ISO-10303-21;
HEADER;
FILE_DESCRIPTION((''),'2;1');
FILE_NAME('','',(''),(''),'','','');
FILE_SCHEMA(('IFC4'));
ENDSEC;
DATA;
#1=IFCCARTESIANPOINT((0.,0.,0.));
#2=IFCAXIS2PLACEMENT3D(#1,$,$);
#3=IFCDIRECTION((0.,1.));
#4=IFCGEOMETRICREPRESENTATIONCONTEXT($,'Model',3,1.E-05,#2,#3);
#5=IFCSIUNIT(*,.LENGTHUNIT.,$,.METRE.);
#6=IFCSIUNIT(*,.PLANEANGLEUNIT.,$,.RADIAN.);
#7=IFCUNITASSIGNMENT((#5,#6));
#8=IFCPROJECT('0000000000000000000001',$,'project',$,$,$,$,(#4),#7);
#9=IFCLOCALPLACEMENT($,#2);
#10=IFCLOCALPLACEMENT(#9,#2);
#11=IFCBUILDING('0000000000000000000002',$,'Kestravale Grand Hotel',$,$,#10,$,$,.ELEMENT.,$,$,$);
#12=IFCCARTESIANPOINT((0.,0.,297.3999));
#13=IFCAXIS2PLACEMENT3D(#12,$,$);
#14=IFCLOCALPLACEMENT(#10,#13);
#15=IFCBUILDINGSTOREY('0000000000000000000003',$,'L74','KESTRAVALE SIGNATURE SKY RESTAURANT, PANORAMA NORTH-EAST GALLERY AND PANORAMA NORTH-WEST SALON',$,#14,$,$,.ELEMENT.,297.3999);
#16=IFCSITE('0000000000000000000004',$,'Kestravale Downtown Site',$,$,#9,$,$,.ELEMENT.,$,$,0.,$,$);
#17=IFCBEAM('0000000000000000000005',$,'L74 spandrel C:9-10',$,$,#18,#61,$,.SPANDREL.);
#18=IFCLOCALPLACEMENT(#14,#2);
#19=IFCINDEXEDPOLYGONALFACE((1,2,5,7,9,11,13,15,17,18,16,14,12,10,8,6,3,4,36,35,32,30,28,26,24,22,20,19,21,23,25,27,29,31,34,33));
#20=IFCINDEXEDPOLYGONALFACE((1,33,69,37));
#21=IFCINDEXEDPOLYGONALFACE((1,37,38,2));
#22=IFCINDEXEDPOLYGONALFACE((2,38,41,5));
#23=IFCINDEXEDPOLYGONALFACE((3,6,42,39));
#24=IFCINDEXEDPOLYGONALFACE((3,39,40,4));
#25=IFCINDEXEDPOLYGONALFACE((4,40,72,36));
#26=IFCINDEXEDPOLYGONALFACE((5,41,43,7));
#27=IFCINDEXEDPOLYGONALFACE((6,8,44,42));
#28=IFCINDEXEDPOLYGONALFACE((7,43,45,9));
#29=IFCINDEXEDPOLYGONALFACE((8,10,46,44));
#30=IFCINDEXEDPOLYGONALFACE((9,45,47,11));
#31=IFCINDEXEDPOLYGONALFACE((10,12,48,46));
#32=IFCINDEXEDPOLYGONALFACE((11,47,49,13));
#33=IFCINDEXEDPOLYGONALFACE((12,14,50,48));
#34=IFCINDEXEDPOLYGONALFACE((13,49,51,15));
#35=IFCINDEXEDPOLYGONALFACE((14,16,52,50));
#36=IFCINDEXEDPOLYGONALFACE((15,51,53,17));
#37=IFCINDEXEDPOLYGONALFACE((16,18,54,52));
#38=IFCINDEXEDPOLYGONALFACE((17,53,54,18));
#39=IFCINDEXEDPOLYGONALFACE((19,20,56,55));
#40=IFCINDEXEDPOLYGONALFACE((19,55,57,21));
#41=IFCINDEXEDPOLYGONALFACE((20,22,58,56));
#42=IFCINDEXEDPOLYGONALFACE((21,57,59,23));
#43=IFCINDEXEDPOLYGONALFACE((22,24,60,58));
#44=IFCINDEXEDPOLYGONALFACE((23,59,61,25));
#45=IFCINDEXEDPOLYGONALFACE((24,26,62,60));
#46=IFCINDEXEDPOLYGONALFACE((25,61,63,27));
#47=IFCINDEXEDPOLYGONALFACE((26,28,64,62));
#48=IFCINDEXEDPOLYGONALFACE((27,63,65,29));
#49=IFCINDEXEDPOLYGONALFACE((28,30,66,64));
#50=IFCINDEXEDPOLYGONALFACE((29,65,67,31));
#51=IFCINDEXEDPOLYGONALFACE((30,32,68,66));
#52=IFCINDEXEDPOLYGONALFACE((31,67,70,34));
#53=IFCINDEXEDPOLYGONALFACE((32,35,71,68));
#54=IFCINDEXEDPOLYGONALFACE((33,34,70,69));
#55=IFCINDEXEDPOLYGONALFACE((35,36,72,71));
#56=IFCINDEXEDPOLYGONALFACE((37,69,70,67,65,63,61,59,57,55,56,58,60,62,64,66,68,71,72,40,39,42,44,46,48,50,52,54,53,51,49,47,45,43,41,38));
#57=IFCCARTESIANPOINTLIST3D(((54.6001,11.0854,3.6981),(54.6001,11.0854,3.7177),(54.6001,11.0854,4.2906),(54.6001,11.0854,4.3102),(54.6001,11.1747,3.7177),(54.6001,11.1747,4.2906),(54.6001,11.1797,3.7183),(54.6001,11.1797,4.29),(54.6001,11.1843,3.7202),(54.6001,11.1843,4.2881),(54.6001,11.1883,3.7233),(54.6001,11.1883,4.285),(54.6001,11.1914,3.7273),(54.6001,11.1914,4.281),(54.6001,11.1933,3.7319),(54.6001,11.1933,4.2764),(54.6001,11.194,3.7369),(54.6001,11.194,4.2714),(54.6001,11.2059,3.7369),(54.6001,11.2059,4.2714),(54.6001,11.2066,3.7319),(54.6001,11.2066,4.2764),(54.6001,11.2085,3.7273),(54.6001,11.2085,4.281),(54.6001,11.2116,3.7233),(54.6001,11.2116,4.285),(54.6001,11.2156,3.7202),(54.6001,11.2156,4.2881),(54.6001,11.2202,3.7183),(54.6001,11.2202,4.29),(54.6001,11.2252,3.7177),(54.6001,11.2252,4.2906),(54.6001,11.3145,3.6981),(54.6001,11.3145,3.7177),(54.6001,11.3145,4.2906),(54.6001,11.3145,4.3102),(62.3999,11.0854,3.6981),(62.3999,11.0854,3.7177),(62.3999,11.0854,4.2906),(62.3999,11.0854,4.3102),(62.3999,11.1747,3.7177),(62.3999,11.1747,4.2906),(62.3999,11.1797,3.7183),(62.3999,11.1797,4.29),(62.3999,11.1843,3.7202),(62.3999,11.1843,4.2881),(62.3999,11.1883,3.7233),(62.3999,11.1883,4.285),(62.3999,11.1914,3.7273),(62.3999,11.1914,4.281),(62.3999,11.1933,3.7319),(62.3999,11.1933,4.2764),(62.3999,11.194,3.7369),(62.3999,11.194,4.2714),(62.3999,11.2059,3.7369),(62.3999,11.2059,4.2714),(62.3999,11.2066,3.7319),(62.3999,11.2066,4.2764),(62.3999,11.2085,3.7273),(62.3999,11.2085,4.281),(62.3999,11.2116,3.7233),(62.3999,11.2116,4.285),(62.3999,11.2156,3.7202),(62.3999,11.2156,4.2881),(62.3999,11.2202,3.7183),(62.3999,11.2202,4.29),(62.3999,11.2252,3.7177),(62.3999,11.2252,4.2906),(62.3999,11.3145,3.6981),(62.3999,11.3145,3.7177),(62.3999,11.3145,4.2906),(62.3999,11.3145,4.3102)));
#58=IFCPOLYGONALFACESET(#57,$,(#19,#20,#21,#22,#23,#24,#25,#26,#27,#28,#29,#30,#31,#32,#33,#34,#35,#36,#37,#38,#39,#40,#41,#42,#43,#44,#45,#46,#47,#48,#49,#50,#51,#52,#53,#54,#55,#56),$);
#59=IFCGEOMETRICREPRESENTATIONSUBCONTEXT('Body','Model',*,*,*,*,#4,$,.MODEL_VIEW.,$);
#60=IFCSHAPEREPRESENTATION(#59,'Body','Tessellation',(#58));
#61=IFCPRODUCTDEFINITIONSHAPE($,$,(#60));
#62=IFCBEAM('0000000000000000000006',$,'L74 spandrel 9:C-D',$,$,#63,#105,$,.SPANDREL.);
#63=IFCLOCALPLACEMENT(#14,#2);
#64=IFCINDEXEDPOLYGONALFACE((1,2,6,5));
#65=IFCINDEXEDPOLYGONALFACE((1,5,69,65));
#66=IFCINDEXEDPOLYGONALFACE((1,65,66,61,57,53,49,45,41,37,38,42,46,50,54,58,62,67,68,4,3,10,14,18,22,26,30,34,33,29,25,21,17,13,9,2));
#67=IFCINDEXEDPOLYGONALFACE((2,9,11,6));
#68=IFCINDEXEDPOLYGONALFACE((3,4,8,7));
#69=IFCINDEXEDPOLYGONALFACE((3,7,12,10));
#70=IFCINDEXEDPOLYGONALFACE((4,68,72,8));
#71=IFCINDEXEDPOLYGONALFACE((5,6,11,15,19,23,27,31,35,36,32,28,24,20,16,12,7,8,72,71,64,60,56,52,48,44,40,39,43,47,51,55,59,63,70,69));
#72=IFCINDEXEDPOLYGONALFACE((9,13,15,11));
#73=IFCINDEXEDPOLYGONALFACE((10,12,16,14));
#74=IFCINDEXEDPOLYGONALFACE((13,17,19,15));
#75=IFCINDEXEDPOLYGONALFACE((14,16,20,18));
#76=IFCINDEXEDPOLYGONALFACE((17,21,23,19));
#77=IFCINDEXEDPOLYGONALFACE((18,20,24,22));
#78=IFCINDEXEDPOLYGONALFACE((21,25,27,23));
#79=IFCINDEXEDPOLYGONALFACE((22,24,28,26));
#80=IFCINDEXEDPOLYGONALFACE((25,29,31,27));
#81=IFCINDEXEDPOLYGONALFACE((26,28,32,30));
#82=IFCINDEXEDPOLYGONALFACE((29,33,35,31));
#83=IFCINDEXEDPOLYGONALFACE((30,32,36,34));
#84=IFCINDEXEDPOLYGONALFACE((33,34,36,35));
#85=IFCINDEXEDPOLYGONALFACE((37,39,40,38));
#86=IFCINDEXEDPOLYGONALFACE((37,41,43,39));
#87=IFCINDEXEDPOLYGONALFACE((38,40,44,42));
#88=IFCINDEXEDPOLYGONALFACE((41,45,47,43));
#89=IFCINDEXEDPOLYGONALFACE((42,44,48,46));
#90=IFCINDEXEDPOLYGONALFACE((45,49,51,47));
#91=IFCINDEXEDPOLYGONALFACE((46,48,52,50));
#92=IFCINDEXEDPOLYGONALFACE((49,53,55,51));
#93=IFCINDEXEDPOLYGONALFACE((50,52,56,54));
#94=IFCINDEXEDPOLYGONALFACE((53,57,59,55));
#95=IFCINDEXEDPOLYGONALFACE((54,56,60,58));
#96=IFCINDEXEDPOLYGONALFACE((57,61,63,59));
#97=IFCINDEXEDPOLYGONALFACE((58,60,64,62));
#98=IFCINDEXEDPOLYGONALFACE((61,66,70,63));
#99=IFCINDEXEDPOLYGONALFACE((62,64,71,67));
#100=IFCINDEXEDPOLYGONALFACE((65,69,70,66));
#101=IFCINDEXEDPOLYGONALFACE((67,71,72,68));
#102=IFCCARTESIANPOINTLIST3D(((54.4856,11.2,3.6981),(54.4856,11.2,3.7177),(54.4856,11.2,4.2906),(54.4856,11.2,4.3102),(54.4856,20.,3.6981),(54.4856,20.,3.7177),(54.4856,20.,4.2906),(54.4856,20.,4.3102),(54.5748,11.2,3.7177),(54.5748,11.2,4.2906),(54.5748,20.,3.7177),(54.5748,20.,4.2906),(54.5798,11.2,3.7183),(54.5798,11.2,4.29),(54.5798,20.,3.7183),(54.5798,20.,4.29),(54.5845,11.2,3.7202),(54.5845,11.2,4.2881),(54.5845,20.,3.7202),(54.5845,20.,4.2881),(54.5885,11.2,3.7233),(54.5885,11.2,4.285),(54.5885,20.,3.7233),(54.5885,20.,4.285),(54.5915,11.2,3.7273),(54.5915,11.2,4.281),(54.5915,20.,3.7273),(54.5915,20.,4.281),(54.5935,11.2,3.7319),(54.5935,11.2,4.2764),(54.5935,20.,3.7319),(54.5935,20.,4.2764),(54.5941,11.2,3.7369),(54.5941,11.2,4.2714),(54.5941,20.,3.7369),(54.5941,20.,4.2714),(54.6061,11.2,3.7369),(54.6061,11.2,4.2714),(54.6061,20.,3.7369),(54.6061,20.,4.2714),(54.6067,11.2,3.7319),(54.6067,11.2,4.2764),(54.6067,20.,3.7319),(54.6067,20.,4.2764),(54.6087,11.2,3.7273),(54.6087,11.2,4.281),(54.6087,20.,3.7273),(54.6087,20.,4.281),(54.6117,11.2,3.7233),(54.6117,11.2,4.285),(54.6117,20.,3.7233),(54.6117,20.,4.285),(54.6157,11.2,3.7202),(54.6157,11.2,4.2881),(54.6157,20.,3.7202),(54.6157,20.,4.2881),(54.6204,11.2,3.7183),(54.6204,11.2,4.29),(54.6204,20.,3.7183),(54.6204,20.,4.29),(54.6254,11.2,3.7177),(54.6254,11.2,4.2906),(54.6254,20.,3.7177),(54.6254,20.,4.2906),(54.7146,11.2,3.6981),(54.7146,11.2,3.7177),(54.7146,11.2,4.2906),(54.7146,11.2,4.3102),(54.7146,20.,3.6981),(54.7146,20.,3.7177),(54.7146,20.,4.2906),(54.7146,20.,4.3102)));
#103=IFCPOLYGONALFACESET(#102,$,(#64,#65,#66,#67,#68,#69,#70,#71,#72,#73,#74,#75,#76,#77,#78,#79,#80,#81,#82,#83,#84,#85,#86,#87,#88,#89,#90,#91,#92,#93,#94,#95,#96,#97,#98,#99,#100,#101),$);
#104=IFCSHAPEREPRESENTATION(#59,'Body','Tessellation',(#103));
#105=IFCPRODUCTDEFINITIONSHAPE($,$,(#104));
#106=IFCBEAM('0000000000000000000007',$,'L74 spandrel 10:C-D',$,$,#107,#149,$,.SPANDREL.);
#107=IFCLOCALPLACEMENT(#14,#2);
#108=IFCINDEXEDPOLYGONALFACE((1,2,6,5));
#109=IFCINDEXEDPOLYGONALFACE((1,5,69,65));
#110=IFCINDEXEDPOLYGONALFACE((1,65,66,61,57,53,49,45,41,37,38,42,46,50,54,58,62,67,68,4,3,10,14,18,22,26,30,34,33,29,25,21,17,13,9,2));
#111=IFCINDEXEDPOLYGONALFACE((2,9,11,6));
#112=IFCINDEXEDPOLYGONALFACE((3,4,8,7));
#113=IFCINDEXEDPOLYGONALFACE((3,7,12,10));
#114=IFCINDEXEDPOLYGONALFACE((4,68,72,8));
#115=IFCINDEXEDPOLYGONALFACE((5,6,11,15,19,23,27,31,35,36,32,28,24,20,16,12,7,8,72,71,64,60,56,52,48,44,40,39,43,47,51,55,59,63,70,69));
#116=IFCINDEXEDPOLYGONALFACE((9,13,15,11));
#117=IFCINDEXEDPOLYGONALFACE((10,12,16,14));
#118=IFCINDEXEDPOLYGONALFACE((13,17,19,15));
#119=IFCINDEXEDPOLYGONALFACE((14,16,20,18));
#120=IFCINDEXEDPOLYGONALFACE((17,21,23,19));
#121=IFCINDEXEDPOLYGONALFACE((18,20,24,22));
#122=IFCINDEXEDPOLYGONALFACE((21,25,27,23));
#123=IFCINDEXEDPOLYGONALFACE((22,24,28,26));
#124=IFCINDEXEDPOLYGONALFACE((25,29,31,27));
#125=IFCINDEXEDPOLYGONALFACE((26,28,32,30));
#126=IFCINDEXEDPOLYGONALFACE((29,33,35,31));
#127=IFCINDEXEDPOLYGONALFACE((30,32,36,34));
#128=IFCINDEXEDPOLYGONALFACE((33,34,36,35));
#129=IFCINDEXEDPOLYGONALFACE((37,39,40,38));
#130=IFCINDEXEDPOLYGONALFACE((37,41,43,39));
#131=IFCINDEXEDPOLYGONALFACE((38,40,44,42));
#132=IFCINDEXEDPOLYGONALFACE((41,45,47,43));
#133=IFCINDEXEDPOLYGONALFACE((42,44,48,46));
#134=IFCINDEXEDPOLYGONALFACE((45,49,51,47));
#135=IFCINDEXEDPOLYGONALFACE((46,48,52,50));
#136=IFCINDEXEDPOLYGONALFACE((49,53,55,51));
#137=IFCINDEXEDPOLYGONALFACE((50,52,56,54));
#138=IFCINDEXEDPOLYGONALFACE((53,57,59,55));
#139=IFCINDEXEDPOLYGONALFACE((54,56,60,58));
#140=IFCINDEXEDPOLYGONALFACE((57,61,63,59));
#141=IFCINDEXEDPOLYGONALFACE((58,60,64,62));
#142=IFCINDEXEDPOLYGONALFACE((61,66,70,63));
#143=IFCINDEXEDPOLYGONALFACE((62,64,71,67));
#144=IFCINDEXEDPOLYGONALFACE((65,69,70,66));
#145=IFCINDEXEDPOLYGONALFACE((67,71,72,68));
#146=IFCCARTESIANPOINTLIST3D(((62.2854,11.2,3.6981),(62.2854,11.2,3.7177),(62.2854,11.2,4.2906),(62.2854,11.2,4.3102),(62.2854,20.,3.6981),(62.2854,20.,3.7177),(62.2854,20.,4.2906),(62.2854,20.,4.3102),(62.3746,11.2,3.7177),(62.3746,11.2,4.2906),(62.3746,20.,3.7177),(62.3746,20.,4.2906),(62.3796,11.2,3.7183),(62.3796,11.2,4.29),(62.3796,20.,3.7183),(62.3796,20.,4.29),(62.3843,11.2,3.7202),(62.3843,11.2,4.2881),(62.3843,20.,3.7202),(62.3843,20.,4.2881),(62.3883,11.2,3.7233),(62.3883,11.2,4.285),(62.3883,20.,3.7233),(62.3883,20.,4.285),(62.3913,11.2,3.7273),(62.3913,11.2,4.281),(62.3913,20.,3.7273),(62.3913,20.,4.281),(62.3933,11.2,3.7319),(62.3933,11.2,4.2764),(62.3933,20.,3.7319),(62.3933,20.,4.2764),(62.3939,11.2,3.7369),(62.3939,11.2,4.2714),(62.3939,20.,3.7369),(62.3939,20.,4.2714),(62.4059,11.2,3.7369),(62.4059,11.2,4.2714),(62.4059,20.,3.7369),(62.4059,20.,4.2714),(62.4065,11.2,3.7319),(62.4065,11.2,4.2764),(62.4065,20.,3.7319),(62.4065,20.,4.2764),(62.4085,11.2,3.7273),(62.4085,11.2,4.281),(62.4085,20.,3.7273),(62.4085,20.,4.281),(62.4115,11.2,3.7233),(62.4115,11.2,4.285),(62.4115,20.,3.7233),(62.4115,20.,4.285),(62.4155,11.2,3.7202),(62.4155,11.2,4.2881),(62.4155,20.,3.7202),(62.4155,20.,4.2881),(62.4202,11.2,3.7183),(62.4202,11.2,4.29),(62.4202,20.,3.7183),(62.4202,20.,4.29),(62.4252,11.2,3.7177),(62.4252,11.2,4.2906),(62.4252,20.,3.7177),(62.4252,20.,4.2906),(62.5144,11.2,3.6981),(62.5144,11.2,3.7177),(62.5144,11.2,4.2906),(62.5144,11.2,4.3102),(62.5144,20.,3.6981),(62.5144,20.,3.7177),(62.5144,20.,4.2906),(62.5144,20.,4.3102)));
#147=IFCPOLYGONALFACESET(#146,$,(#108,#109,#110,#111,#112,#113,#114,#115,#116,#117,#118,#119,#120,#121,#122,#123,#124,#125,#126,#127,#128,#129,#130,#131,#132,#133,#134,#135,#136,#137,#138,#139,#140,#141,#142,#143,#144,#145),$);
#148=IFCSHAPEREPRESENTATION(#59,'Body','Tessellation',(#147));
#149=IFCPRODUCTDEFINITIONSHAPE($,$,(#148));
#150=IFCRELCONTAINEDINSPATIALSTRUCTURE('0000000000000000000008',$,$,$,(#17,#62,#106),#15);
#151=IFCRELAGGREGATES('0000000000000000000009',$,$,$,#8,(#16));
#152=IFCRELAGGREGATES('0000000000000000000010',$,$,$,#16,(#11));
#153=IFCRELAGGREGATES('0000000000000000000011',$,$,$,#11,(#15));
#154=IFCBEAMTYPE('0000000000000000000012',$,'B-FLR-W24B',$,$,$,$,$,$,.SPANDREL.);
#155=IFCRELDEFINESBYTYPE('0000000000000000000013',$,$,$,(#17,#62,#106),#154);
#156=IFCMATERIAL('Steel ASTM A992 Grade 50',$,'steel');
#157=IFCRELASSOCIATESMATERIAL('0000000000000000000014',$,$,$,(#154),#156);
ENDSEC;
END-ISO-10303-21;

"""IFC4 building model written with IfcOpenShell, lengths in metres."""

from ifc_helpers import new_model, si_unit, direction, frame, origin, origin_2d, place, context, subcontext, project, spatial, i_section, extrude, material, material_profile, profile_set, type_object, element, save


model = new_model("IFC4")

# Units and contexts
model_context = context("Model", 3, precision=1e-05, world=origin(), true_north=direction((0.0, 1.0)))
body_context = subcontext(model_context, "Body", "Model", "MODEL_VIEW")
ifc_project = project(units=[si_unit("LENGTHUNIT", "METRE"), si_unit("PLANEANGLEUNIT", "RADIAN")], contexts=[model_context])

# Site, building, storey
site_placement = place(None, origin())
site = spatial("IfcSite", under=ifc_project, at=site_placement, Name="Kestravale Downtown Site", CompositionType="ELEMENT", RefElevation=0.0)
building_placement = place(site_placement, origin())
building = spatial("IfcBuilding", under=site, at=building_placement, Name="Kestravale Grand Hotel", CompositionType="ELEMENT")
storey_placement = place(building_placement, frame((0.0, 0.0, 297.3999)))
storey = spatial("IfcBuildingStorey", under=building, at=storey_placement, Name="L74", Description="KESTRAVALE SIGNATURE SKY RESTAURANT, PANORAMA NORTH-EAST GALLERY AND PANORAMA NORTH-WEST SALON", CompositionType="ELEMENT", Elevation=297.3999)

# Beams
ifc_material_1 = material(Name="Steel ASTM A992 Grade 50", Category="steel")
ifc_material_profile_1 = material_profile(ifc_material_1, i_section(OverallWidth=0.229, OverallDepth=0.6121, WebThickness=0.012, FlangeThickness=0.0195, FilletRadius=0.0193, at=origin_2d()))
ifc_profile_set_1 = profile_set([ifc_material_profile_1], Name="Steel ASTM A992 Grade 50")
beam_type_1 = type_object("IfcBeamType", Name="B-FLR-W24B", PredefinedType="SPANDREL", material=ifc_profile_set_1)
beam_placement = place(storey_placement, frame((54.6001, 11.2, 4.0042), z_axis=(1.0, 0.0, 0.0), x_axis=(0.0, 1.0, 0.0)))
element("IfcBeam", 1, at=beam_placement, inside=storey, type_object=beam_type_1, Name="L74 spandrel C:9-10", PredefinedType="SPANDREL", context=body_context, shape_type="SweptSolid", body=[
    extrude(i_section(OverallWidth=0.229, OverallDepth=0.6121, WebThickness=0.012, FlangeThickness=0.0195, FilletRadius=0.0193, at=origin_2d()), origin(), (0.0, 0.0, 1.0), 7.7998),
])
for number, where, z_axis, x_axis, name in (
    (2, (54.6001, 11.2, 4.0042), (0.0, 1.0, 0.0), (-1.0, 0.0, 0.0), "L74 spandrel 9:C-D"),
    (3, (62.3999, 11.2, 4.0042), (0.0, 1.0, 0.0), (-1.0, 0.0, 0.0), "L74 spandrel 10:C-D"),
):
    element("IfcBeam", number, at=place(storey_placement, frame(where, z_axis=z_axis, x_axis=x_axis)), inside=storey, type_object=beam_type_1, Name=name, PredefinedType="SPANDREL", context=body_context, shape_type="SweptSolid", body=[
        extrude(i_section(OverallWidth=0.229, OverallDepth=0.6121, WebThickness=0.012, FlangeThickness=0.0195, FilletRadius=0.0193, at=origin_2d()), origin(), (0.0, 0.0, 1.0), 8.8),
    ])

save(model, "model.ifc")
